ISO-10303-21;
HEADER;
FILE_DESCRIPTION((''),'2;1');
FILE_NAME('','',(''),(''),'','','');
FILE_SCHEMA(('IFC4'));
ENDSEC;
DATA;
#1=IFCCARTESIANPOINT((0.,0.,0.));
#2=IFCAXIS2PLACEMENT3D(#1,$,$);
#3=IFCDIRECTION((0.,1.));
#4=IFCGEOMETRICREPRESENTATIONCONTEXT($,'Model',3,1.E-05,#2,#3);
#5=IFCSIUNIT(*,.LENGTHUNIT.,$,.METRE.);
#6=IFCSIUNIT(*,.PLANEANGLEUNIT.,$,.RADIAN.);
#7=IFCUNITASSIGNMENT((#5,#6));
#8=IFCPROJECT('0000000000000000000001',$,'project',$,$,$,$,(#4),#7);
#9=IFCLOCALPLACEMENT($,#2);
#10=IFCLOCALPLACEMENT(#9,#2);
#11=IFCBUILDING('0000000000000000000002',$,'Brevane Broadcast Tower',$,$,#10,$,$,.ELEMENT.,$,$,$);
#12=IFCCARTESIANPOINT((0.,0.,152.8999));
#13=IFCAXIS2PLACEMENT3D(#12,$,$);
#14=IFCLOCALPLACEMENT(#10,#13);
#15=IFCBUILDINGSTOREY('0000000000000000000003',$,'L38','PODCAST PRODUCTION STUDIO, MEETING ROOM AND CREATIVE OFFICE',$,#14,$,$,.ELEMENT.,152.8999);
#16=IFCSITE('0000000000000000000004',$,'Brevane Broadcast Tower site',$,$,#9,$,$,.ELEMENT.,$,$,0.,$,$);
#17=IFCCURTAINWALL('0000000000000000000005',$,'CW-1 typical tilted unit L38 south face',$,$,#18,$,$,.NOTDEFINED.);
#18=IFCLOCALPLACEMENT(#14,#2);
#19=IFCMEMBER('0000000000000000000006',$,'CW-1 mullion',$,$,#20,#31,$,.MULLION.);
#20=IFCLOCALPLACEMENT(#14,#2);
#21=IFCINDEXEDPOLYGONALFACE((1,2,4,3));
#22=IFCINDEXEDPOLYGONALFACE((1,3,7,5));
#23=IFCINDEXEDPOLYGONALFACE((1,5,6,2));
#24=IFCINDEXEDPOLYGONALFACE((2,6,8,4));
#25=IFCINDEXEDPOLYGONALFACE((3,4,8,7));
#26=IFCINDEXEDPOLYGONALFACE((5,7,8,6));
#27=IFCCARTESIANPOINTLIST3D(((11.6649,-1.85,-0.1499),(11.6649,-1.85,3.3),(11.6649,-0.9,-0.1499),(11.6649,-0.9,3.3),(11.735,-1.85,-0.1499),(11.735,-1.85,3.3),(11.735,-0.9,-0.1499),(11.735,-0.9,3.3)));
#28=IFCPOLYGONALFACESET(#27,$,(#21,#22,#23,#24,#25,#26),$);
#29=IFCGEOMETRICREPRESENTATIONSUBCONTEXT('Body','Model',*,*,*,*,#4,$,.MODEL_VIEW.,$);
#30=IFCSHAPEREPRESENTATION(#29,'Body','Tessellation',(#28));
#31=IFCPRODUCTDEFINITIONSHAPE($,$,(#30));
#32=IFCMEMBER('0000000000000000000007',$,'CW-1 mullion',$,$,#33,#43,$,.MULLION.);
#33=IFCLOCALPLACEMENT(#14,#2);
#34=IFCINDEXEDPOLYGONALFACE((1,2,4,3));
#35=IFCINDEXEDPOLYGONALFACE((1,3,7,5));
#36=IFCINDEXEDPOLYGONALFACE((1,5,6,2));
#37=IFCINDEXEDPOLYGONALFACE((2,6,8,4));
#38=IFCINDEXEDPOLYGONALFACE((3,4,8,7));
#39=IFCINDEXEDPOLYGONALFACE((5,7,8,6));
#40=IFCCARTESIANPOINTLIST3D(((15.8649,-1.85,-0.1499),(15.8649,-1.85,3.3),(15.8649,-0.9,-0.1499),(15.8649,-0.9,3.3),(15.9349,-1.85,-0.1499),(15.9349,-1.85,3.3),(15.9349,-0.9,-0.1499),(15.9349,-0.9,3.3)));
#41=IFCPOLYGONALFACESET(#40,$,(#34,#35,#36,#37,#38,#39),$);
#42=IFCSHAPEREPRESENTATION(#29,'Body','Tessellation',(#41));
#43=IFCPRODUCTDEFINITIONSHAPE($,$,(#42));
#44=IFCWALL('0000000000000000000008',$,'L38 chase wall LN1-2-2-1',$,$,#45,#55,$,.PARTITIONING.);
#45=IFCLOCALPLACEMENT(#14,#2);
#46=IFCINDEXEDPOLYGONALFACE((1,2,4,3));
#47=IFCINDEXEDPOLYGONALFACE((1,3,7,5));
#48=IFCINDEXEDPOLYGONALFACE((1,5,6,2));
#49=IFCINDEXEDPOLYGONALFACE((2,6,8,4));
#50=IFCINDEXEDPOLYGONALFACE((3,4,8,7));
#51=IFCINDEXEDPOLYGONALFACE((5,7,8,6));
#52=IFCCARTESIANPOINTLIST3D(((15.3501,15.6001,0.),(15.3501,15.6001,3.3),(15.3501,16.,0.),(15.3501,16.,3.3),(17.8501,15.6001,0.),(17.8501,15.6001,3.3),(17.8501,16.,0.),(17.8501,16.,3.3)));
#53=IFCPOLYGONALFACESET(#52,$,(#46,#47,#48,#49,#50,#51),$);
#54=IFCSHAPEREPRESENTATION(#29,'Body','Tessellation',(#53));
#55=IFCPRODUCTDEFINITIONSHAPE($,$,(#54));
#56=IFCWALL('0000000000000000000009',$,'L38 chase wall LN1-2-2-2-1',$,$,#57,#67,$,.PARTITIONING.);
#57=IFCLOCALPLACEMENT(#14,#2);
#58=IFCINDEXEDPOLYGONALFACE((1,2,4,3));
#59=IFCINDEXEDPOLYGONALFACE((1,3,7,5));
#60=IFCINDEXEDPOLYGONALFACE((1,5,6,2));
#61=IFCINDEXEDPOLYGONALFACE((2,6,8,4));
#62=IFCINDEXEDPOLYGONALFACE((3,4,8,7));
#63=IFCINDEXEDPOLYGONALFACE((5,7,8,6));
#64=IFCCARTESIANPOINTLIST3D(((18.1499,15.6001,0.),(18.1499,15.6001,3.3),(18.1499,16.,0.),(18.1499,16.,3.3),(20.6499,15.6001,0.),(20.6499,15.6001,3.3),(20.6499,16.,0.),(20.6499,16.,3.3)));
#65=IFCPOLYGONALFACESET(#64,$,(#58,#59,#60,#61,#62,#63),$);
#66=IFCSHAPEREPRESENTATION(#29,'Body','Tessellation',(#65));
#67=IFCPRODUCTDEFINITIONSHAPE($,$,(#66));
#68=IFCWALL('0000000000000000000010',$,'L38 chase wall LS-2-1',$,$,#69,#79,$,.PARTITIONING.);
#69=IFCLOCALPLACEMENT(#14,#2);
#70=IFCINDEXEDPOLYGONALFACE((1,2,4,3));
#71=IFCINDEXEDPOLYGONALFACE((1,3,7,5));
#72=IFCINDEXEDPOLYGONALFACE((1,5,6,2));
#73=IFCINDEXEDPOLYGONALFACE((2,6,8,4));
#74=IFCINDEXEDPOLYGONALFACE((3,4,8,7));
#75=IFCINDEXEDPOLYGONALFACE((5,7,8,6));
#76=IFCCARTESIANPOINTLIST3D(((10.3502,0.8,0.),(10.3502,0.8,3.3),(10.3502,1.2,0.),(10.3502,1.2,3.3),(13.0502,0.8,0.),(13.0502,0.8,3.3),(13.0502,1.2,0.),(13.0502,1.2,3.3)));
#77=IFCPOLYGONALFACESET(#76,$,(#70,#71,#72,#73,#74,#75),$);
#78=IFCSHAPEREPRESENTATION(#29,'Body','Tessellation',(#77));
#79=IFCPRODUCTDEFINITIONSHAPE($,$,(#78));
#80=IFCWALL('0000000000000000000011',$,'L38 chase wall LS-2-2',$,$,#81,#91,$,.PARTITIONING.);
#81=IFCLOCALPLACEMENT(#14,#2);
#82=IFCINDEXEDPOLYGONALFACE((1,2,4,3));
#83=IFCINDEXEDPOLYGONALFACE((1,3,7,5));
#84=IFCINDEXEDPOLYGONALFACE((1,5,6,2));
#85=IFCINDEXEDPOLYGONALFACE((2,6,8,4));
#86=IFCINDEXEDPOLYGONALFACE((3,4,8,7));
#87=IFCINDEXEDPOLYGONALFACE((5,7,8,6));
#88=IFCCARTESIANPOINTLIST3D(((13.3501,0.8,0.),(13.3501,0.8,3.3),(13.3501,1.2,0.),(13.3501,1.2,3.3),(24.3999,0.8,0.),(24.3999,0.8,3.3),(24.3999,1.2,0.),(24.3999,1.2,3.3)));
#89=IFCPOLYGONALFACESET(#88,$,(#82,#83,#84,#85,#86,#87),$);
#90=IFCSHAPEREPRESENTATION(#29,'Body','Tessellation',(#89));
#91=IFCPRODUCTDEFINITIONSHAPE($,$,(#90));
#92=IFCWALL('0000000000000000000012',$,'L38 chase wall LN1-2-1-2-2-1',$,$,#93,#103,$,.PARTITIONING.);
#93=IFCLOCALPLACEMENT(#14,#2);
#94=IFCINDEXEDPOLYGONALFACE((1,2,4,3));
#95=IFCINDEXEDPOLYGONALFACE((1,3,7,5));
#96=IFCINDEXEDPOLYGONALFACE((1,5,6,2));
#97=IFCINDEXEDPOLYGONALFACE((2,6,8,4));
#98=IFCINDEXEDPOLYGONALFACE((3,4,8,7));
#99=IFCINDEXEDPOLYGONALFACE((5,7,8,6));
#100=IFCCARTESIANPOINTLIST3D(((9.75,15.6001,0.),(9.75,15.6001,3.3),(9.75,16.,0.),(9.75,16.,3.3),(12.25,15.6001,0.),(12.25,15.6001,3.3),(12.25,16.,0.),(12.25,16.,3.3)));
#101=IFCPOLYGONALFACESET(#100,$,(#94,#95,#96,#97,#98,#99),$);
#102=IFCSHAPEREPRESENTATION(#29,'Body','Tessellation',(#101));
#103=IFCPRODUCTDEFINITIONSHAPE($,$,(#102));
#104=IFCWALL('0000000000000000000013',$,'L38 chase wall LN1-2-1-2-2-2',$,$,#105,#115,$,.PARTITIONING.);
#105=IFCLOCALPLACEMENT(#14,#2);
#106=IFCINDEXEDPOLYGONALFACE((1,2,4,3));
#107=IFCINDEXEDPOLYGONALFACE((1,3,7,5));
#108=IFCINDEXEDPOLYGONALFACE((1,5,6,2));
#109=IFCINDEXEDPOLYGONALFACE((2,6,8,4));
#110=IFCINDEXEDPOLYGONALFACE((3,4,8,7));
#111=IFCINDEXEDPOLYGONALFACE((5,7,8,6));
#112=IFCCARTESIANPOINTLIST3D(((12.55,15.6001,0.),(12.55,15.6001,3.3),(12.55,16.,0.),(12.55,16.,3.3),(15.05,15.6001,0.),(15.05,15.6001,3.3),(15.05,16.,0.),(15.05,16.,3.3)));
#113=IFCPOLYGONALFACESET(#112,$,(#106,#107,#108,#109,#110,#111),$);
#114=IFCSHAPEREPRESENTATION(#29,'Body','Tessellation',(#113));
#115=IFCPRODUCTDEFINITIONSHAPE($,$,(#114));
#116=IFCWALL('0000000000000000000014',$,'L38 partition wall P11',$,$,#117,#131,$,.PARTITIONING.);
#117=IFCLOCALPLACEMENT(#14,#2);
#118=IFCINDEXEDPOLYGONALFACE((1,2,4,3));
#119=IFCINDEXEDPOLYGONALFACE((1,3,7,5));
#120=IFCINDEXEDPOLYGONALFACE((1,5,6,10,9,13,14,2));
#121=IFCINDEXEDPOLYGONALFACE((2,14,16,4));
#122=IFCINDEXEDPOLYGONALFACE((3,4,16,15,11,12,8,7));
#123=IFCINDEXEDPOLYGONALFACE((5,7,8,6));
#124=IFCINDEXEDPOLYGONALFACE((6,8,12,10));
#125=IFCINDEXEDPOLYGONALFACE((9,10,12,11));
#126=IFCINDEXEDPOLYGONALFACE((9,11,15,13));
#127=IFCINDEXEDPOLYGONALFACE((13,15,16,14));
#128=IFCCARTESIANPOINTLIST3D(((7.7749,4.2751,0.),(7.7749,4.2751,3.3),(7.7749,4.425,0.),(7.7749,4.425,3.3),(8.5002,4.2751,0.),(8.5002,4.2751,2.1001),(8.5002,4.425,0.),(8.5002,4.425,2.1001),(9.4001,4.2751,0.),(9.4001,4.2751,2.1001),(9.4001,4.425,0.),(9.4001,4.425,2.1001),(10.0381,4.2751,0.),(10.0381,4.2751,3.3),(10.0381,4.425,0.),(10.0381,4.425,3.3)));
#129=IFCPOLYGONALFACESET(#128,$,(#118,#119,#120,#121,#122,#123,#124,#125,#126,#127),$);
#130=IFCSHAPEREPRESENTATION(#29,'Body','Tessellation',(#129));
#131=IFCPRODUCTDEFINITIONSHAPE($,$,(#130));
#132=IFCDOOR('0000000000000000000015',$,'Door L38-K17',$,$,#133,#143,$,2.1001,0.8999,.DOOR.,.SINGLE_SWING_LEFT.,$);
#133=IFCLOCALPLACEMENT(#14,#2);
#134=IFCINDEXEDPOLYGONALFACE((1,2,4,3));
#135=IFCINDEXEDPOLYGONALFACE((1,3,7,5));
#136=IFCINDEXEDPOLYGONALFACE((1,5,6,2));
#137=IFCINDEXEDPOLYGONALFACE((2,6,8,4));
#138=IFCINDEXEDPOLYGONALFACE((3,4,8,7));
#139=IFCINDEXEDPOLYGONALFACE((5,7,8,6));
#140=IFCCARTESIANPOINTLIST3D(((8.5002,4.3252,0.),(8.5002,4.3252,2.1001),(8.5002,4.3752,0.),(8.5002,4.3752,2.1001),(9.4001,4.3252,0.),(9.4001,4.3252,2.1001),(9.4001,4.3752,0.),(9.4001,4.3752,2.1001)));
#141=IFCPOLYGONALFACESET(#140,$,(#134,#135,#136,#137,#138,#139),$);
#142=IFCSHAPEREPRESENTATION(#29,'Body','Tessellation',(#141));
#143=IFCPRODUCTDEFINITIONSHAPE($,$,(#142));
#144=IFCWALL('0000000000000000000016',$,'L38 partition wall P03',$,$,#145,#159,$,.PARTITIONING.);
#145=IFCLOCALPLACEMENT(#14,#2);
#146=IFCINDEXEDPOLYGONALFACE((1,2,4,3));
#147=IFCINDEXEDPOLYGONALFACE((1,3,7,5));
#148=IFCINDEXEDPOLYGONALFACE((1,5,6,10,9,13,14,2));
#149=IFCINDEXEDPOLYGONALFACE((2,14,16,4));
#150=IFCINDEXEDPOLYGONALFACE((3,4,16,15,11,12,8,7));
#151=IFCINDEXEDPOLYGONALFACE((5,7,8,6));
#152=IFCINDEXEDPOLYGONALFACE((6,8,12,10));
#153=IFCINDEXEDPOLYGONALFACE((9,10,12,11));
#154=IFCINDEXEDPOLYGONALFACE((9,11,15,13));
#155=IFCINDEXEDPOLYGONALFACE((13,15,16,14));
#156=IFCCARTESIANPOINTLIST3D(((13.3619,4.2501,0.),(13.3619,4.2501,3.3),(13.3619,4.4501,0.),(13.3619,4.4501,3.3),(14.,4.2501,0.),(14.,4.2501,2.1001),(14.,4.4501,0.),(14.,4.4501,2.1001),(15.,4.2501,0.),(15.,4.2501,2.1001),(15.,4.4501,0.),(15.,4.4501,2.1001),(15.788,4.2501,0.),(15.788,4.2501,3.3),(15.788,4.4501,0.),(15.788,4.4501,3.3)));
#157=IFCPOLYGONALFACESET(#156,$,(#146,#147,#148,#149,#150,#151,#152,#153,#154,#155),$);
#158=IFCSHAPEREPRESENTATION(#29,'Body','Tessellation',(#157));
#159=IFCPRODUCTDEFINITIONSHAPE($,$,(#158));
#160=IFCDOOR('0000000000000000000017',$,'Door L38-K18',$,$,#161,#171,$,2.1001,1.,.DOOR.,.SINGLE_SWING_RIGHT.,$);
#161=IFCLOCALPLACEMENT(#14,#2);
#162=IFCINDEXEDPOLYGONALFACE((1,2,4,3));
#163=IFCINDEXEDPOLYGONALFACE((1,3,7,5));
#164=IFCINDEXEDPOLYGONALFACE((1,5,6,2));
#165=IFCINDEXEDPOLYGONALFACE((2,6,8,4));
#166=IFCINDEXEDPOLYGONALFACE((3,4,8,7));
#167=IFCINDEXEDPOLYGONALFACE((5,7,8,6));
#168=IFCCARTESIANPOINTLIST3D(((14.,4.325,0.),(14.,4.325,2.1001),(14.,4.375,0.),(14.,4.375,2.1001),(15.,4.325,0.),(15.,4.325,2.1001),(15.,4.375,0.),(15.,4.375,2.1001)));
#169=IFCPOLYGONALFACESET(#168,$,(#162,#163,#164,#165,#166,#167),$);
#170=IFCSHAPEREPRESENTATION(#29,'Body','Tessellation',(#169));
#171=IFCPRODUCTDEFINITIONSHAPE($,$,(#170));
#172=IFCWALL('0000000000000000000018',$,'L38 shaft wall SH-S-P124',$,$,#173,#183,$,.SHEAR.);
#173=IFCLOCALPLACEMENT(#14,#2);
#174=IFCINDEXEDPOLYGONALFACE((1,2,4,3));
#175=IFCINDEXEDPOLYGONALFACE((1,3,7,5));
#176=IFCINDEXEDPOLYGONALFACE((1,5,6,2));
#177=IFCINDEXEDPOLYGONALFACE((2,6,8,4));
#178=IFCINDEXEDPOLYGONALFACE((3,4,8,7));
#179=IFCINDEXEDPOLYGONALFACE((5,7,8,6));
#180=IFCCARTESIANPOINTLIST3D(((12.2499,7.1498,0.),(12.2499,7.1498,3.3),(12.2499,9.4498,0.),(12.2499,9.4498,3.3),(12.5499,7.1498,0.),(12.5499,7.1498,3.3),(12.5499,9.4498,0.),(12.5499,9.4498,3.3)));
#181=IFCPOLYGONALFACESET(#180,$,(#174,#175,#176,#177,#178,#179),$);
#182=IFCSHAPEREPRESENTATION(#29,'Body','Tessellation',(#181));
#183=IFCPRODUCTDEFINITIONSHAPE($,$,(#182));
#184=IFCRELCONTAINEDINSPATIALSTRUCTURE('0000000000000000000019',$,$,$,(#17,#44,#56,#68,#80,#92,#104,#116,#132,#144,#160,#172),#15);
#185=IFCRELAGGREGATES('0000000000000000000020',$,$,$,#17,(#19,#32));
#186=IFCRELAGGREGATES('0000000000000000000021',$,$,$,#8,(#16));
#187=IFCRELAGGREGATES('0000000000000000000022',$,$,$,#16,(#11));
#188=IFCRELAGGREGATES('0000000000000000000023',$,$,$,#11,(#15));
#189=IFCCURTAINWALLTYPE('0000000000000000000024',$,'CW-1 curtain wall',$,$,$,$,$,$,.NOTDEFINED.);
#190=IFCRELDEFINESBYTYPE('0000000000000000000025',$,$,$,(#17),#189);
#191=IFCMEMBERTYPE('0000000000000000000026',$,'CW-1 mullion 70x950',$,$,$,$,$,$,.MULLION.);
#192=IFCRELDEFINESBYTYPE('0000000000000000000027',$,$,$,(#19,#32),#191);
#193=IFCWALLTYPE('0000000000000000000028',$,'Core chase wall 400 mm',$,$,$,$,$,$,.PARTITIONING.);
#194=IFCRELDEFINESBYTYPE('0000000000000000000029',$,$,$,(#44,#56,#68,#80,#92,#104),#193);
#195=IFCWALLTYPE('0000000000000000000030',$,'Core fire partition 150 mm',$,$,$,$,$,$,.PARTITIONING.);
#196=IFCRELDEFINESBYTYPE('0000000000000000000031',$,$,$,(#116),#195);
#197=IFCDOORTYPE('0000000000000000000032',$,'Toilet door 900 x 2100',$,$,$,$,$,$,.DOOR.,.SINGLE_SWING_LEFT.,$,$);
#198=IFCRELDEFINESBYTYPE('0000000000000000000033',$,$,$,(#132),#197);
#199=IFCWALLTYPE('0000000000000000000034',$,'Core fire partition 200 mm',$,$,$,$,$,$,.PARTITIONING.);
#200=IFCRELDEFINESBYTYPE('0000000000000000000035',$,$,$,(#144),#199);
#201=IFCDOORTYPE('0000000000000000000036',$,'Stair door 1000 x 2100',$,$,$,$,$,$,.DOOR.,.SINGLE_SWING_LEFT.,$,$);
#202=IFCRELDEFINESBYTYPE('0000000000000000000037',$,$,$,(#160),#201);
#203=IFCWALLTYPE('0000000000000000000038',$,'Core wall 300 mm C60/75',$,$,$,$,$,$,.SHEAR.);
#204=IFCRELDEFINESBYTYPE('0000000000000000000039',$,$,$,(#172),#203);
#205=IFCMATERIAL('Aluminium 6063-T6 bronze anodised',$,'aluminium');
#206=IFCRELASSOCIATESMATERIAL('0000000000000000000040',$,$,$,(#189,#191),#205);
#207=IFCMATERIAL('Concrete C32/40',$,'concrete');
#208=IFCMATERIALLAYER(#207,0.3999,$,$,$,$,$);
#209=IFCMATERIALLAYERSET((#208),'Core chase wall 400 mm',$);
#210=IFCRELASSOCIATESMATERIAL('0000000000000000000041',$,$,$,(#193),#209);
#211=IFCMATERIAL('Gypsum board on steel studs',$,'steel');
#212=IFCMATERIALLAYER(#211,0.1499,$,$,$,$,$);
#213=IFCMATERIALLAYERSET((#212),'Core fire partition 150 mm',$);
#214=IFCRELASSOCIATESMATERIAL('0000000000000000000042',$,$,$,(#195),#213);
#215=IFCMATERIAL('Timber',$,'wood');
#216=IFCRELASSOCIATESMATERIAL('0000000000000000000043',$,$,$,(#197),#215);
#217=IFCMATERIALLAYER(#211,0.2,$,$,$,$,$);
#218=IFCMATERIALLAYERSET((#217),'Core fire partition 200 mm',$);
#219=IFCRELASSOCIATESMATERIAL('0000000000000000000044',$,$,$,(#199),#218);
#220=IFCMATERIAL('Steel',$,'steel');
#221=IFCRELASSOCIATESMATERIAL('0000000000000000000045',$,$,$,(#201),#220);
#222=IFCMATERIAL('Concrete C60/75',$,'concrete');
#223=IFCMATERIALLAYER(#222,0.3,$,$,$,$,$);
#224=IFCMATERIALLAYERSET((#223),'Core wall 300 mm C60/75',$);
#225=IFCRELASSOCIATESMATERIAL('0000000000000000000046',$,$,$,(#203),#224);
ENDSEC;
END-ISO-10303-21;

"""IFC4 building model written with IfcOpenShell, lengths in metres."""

from ifc_helpers import new_model, si_unit, direction, frame, frame_2d, origin, origin_2d, place, context, subcontext, project, spatial, rectangle, extrude, material, layer, layer_set, material_profile, profile_set, type_object, element, fill, aggregate, save


model = new_model("IFC4")

# Units and contexts
model_context = context("Model", 3, precision=1e-05, world=origin(), true_north=direction((0.0, 1.0)))
body_context = subcontext(model_context, "Body", "Model", "MODEL_VIEW")
ifc_project = project(units=[si_unit("LENGTHUNIT", "METRE"), si_unit("PLANEANGLEUNIT", "RADIAN")], contexts=[model_context])

# Site, building, storey
site_placement = place(None, origin())
site = spatial("IfcSite", under=ifc_project, at=site_placement, Name="Brevane Broadcast Tower site", CompositionType="ELEMENT", RefElevation=0.0)
building_placement = place(site_placement, origin())
building = spatial("IfcBuilding", under=site, at=building_placement, Name="Brevane Broadcast Tower", CompositionType="ELEMENT")
storey_placement = place(building_placement, frame((0.0, 0.0, 152.8999)))
storey = spatial("IfcBuildingStorey", under=building, at=storey_placement, Name="L38", Description="PODCAST PRODUCTION STUDIO, MEETING ROOM AND CREATIVE OFFICE", CompositionType="ELEMENT", Elevation=152.8999)

# Curtain wall, members
ifc_material_1 = material(Name="Aluminium 6063-T6 bronze anodised", Category="aluminium")
curtain_wall_type = type_object("IfcCurtainWallType", Name="CW-1 curtain wall", PredefinedType="NOTDEFINED", material=ifc_material_1)
curtain_wall_placement = place(storey_placement, origin())
curtain_wall = element("IfcCurtainWall", 1, at=curtain_wall_placement, inside=storey, type_object=curtain_wall_type, Name="CW-1 typical tilted unit L38 south face", PredefinedType="NOTDEFINED")
ifc_material_profile = material_profile(ifc_material_1, rectangle(XDim=0.95, YDim=0.0701, at=origin_2d()), Name="RECT 70x950")
ifc_profile_set = profile_set([ifc_material_profile], Name="Aluminium 6063-T6 bronze anodised")
member_type = type_object("IfcMemberType", Name="CW-1 mullion 70x950", PredefinedType="MULLION", material=ifc_profile_set)
member_1_placement = place(storey_placement, frame((11.7, -1.375, -0.1499), z_axis=(0.0, 0.0, 1.0), x_axis=(0.0, 1.0, 0.0)))
member_1 = element("IfcMember", 2, at=member_1_placement, type_object=member_type, Name="CW-1 mullion", PredefinedType="MULLION", context=body_context, shape_type="SweptSolid", body=[
    extrude(rectangle(XDim=0.95, YDim=0.0701, at=origin_2d()), origin(), (0.0, 0.0, 1.0), 3.45),
])
member_2_placement = place(storey_placement, frame((15.8999, -1.375, -0.1499), z_axis=(0.0, 0.0, 1.0), x_axis=(0.0, 1.0, 0.0)))
member_2 = element("IfcMember", 3, at=member_2_placement, type_object=member_type, Name="CW-1 mullion", PredefinedType="MULLION", context=body_context, shape_type="SweptSolid", body=[
    extrude(rectangle(XDim=0.95, YDim=0.0701, at=origin_2d()), origin(), (0.0, 0.0, 1.0), 3.45),
])
aggregate(curtain_wall, [member_1, member_2])

# Walls
ifc_material_2 = material(Name="Concrete C32/40", Category="concrete")
ifc_layer_1 = layer(ifc_material_2, 0.3999)
ifc_layer_set_1 = layer_set([ifc_layer_1], Name="Core chase wall 400 mm")
wall_type_1 = type_object("IfcWallType", Name="Core chase wall 400 mm", PredefinedType="PARTITIONING", material=ifc_layer_set_1)
for number, where, z_axis, x_axis, name in (
    (4, (15.3501, 15.8, 0.0), (0.0, 0.0, 1.0), (1.0, 0.0, 0.0), "L38 chase wall LN1-2-2-1"),
    (5, (18.1499, 15.8, 0.0), (0.0, 0.0, 1.0), (1.0, 0.0, 0.0), "L38 chase wall LN1-2-2-2-1"),
):
    element("IfcWall", number, at=place(storey_placement, frame(where, z_axis=z_axis, x_axis=x_axis)), inside=storey, type_object=wall_type_1, Name=name, PredefinedType="PARTITIONING", context=body_context, shape_type="SweptSolid", body=[
        extrude(rectangle(XDim=2.5, YDim=0.3999, at=frame_2d((1.25, 0.0))), origin(), (0.0, 0.0, 1.0), 3.3),
    ])
wall_1_placement = place(storey_placement, frame((10.3501, 1.0, 0.0), z_axis=(0.0, 0.0, 1.0), x_axis=(1.0, 0.0, 0.0)))
element("IfcWall", 6, at=wall_1_placement, inside=storey, type_object=wall_type_1, Name="L38 chase wall LS-2-1", PredefinedType="PARTITIONING", context=body_context, shape_type="SweptSolid", body=[
    extrude(rectangle(XDim=2.7, YDim=0.3999, at=frame_2d((1.3501, 0.0))), origin(), (0.0, 0.0, 1.0), 3.3),
])
wall_2_placement = place(storey_placement, frame((13.3501, 1.0, 0.0), z_axis=(0.0, 0.0, 1.0), x_axis=(1.0, 0.0, 0.0)))
element("IfcWall", 7, at=wall_2_placement, inside=storey, type_object=wall_type_1, Name="L38 chase wall LS-2-2", PredefinedType="PARTITIONING", context=body_context, shape_type="SweptSolid", body=[
    extrude(rectangle(XDim=11.0498, YDim=0.3999, at=frame_2d((5.5249, 0.0))), origin(), (0.0, 0.0, 1.0), 3.3),
])
for number, where, z_axis, x_axis, name in (
    (8, (9.75, 15.8, 0.0), (0.0, 0.0, 1.0), (1.0, 0.0, 0.0), "L38 chase wall LN1-2-1-2-2-1"),
    (9, (12.55, 15.8, 0.0), (0.0, 0.0, 1.0), (1.0, 0.0, 0.0), "L38 chase wall LN1-2-1-2-2-2"),
):
    element("IfcWall", number, at=place(storey_placement, frame(where, z_axis=z_axis, x_axis=x_axis)), inside=storey, type_object=wall_type_1, Name=name, PredefinedType="PARTITIONING", context=body_context, shape_type="SweptSolid", body=[
        extrude(rectangle(XDim=2.5, YDim=0.3999, at=frame_2d((1.25, 0.0))), origin(), (0.0, 0.0, 1.0), 3.3),
    ])

# Walls, openings, doors
ifc_material_3 = material(Name="Gypsum board on steel studs", Category="steel")
ifc_layer_2 = layer(ifc_material_3, 0.1499)
ifc_layer_set_2 = layer_set([ifc_layer_2], Name="Core fire partition 150 mm")
wall_type_2 = type_object("IfcWallType", Name="Core fire partition 150 mm", PredefinedType="PARTITIONING", material=ifc_layer_set_2)
wall_3_placement = place(storey_placement, frame((10.0381, 4.3501, 0.0), z_axis=(0.0, 0.0, 1.0), x_axis=(-1.0, 0.0, 0.0)))
wall_3 = element("IfcWall", 10, at=wall_3_placement, inside=storey, type_object=wall_type_2, Name="L38 partition wall P11", PredefinedType="PARTITIONING", context=body_context, shape_type="SweptSolid", body=[
    extrude(rectangle(XDim=2.2632, YDim=0.1499, at=frame_2d((1.1316, 0.0))), origin(), (0.0, 0.0, 1.0), 3.3),
])
opening_1_placement = place(wall_3_placement, frame((0.6379, 0.0, 0.0)))
opening_1 = element("IfcOpeningElement", 11, at=opening_1_placement, cuts=wall_3, PredefinedType="OPENING", context=body_context, shape_type="SweptSolid", body=[
    extrude(rectangle(XDim=0.8999, YDim=2.1001, at=frame_2d((0.45, 1.05))), frame((0.0, 0.085, 0.0), z_axis=(0.0, -1.0, 0.0), x_axis=(1.0, 0.0, 0.0)), (0.0, 0.0, 1.0), 0.1699),
])
ifc_material_4 = material(Name="Timber", Category="wood")
door_type_1 = type_object("IfcDoorType", Name="Toilet door 900 x 2100", OperationType="SINGLE_SWING_LEFT", PredefinedType="DOOR", material=ifc_material_4)
door_1_placement = place(opening_1_placement, origin())
door_1 = element("IfcDoor", 12, at=door_1_placement, inside=storey, type_object=door_type_1, Name="Door L38-K17", OperationType="SINGLE_SWING_LEFT", OverallHeight=2.1001, OverallWidth=0.8999, PredefinedType="DOOR", context=body_context, shape_type="SweptSolid", body=[
    extrude(rectangle(XDim=0.8999, YDim=2.1001, at=frame_2d((0.45, 1.05))), frame((0.0, 0.0249, 0.0), z_axis=(0.0, -1.0, 0.0), x_axis=(1.0, 0.0, 0.0)), (0.0, 0.0, 1.0), 0.05),
])
fill(opening_1, door_1)
ifc_layer_3 = layer(ifc_material_3, 0.2)
ifc_layer_set_3 = layer_set([ifc_layer_3], Name="Core fire partition 200 mm")
wall_type_3 = type_object("IfcWallType", Name="Core fire partition 200 mm", PredefinedType="PARTITIONING", material=ifc_layer_set_3)
wall_4_placement = place(storey_placement, frame((13.3621, 4.3501, 0.0), z_axis=(0.0, 0.0, 1.0), x_axis=(1.0, 0.0, 0.0)))
wall_4 = element("IfcWall", 13, at=wall_4_placement, inside=storey, type_object=wall_type_3, Name="L38 partition wall P03", PredefinedType="PARTITIONING", context=body_context, shape_type="SweptSolid", body=[
    extrude(rectangle(XDim=2.426, YDim=0.2, at=frame_2d((1.2129, 0.0))), origin(), (0.0, 0.0, 1.0), 3.3),
])
opening_2_placement = place(wall_4_placement, frame((0.6379, 0.0, 0.0)))
opening_2 = element("IfcOpeningElement", 14, at=opening_2_placement, cuts=wall_4, PredefinedType="OPENING", context=body_context, shape_type="SweptSolid", body=[
    extrude(rectangle(XDim=1.0, YDim=2.1001, at=frame_2d((0.5, 1.05))), frame((0.0, 0.1099, 0.0), z_axis=(0.0, -1.0, 0.0), x_axis=(1.0, 0.0, 0.0)), (0.0, 0.0, 1.0), 0.22),
])
ifc_material_5 = material(Name="Steel", Category="steel")
door_type_2 = type_object("IfcDoorType", Name="Stair door 1000 x 2100", OperationType="SINGLE_SWING_LEFT", PredefinedType="DOOR", material=ifc_material_5)
door_2_placement = place(opening_2_placement, origin())
door_2 = element("IfcDoor", 15, at=door_2_placement, inside=storey, type_object=door_type_2, Name="Door L38-K18", OperationType="SINGLE_SWING_RIGHT", OverallHeight=2.1001, OverallWidth=1.0, PredefinedType="DOOR", context=body_context, shape_type="SweptSolid", body=[
    extrude(rectangle(XDim=1.0, YDim=2.1001, at=frame_2d((0.5, 1.05))), frame((0.0, 0.0249, 0.0), z_axis=(0.0, -1.0, 0.0), x_axis=(1.0, 0.0, 0.0)), (0.0, 0.0, 1.0), 0.05),
])
fill(opening_2, door_2)

# Wall
ifc_material_6 = material(Name="Concrete C60/75", Category="concrete")
ifc_layer_4 = layer(ifc_material_6, 0.3)
ifc_layer_set_4 = layer_set([ifc_layer_4], Name="Core wall 300 mm C60/75")
wall_type_4 = type_object("IfcWallType", Name="Core wall 300 mm C60/75", PredefinedType="SHEAR", material=ifc_layer_set_4)
for number, where, z_axis, x_axis, name in (
    (16, (12.3999, 7.1499, 0.0), (0.0, 0.0, 1.0), (0.0, 1.0, 0.0), "L38 shaft wall SH-S-P124"),
):
    element("IfcWall", number, at=place(storey_placement, frame(where, z_axis=z_axis, x_axis=x_axis)), inside=storey, type_object=wall_type_4, Name=name, PredefinedType="SHEAR", context=body_context, shape_type="SweptSolid", body=[
        extrude(rectangle(XDim=2.3, YDim=0.3, at=frame_2d((1.1499, 0.0))), origin(), (0.0, 0.0, 1.0), 3.3),
    ])

save(model, "model.ifc")
